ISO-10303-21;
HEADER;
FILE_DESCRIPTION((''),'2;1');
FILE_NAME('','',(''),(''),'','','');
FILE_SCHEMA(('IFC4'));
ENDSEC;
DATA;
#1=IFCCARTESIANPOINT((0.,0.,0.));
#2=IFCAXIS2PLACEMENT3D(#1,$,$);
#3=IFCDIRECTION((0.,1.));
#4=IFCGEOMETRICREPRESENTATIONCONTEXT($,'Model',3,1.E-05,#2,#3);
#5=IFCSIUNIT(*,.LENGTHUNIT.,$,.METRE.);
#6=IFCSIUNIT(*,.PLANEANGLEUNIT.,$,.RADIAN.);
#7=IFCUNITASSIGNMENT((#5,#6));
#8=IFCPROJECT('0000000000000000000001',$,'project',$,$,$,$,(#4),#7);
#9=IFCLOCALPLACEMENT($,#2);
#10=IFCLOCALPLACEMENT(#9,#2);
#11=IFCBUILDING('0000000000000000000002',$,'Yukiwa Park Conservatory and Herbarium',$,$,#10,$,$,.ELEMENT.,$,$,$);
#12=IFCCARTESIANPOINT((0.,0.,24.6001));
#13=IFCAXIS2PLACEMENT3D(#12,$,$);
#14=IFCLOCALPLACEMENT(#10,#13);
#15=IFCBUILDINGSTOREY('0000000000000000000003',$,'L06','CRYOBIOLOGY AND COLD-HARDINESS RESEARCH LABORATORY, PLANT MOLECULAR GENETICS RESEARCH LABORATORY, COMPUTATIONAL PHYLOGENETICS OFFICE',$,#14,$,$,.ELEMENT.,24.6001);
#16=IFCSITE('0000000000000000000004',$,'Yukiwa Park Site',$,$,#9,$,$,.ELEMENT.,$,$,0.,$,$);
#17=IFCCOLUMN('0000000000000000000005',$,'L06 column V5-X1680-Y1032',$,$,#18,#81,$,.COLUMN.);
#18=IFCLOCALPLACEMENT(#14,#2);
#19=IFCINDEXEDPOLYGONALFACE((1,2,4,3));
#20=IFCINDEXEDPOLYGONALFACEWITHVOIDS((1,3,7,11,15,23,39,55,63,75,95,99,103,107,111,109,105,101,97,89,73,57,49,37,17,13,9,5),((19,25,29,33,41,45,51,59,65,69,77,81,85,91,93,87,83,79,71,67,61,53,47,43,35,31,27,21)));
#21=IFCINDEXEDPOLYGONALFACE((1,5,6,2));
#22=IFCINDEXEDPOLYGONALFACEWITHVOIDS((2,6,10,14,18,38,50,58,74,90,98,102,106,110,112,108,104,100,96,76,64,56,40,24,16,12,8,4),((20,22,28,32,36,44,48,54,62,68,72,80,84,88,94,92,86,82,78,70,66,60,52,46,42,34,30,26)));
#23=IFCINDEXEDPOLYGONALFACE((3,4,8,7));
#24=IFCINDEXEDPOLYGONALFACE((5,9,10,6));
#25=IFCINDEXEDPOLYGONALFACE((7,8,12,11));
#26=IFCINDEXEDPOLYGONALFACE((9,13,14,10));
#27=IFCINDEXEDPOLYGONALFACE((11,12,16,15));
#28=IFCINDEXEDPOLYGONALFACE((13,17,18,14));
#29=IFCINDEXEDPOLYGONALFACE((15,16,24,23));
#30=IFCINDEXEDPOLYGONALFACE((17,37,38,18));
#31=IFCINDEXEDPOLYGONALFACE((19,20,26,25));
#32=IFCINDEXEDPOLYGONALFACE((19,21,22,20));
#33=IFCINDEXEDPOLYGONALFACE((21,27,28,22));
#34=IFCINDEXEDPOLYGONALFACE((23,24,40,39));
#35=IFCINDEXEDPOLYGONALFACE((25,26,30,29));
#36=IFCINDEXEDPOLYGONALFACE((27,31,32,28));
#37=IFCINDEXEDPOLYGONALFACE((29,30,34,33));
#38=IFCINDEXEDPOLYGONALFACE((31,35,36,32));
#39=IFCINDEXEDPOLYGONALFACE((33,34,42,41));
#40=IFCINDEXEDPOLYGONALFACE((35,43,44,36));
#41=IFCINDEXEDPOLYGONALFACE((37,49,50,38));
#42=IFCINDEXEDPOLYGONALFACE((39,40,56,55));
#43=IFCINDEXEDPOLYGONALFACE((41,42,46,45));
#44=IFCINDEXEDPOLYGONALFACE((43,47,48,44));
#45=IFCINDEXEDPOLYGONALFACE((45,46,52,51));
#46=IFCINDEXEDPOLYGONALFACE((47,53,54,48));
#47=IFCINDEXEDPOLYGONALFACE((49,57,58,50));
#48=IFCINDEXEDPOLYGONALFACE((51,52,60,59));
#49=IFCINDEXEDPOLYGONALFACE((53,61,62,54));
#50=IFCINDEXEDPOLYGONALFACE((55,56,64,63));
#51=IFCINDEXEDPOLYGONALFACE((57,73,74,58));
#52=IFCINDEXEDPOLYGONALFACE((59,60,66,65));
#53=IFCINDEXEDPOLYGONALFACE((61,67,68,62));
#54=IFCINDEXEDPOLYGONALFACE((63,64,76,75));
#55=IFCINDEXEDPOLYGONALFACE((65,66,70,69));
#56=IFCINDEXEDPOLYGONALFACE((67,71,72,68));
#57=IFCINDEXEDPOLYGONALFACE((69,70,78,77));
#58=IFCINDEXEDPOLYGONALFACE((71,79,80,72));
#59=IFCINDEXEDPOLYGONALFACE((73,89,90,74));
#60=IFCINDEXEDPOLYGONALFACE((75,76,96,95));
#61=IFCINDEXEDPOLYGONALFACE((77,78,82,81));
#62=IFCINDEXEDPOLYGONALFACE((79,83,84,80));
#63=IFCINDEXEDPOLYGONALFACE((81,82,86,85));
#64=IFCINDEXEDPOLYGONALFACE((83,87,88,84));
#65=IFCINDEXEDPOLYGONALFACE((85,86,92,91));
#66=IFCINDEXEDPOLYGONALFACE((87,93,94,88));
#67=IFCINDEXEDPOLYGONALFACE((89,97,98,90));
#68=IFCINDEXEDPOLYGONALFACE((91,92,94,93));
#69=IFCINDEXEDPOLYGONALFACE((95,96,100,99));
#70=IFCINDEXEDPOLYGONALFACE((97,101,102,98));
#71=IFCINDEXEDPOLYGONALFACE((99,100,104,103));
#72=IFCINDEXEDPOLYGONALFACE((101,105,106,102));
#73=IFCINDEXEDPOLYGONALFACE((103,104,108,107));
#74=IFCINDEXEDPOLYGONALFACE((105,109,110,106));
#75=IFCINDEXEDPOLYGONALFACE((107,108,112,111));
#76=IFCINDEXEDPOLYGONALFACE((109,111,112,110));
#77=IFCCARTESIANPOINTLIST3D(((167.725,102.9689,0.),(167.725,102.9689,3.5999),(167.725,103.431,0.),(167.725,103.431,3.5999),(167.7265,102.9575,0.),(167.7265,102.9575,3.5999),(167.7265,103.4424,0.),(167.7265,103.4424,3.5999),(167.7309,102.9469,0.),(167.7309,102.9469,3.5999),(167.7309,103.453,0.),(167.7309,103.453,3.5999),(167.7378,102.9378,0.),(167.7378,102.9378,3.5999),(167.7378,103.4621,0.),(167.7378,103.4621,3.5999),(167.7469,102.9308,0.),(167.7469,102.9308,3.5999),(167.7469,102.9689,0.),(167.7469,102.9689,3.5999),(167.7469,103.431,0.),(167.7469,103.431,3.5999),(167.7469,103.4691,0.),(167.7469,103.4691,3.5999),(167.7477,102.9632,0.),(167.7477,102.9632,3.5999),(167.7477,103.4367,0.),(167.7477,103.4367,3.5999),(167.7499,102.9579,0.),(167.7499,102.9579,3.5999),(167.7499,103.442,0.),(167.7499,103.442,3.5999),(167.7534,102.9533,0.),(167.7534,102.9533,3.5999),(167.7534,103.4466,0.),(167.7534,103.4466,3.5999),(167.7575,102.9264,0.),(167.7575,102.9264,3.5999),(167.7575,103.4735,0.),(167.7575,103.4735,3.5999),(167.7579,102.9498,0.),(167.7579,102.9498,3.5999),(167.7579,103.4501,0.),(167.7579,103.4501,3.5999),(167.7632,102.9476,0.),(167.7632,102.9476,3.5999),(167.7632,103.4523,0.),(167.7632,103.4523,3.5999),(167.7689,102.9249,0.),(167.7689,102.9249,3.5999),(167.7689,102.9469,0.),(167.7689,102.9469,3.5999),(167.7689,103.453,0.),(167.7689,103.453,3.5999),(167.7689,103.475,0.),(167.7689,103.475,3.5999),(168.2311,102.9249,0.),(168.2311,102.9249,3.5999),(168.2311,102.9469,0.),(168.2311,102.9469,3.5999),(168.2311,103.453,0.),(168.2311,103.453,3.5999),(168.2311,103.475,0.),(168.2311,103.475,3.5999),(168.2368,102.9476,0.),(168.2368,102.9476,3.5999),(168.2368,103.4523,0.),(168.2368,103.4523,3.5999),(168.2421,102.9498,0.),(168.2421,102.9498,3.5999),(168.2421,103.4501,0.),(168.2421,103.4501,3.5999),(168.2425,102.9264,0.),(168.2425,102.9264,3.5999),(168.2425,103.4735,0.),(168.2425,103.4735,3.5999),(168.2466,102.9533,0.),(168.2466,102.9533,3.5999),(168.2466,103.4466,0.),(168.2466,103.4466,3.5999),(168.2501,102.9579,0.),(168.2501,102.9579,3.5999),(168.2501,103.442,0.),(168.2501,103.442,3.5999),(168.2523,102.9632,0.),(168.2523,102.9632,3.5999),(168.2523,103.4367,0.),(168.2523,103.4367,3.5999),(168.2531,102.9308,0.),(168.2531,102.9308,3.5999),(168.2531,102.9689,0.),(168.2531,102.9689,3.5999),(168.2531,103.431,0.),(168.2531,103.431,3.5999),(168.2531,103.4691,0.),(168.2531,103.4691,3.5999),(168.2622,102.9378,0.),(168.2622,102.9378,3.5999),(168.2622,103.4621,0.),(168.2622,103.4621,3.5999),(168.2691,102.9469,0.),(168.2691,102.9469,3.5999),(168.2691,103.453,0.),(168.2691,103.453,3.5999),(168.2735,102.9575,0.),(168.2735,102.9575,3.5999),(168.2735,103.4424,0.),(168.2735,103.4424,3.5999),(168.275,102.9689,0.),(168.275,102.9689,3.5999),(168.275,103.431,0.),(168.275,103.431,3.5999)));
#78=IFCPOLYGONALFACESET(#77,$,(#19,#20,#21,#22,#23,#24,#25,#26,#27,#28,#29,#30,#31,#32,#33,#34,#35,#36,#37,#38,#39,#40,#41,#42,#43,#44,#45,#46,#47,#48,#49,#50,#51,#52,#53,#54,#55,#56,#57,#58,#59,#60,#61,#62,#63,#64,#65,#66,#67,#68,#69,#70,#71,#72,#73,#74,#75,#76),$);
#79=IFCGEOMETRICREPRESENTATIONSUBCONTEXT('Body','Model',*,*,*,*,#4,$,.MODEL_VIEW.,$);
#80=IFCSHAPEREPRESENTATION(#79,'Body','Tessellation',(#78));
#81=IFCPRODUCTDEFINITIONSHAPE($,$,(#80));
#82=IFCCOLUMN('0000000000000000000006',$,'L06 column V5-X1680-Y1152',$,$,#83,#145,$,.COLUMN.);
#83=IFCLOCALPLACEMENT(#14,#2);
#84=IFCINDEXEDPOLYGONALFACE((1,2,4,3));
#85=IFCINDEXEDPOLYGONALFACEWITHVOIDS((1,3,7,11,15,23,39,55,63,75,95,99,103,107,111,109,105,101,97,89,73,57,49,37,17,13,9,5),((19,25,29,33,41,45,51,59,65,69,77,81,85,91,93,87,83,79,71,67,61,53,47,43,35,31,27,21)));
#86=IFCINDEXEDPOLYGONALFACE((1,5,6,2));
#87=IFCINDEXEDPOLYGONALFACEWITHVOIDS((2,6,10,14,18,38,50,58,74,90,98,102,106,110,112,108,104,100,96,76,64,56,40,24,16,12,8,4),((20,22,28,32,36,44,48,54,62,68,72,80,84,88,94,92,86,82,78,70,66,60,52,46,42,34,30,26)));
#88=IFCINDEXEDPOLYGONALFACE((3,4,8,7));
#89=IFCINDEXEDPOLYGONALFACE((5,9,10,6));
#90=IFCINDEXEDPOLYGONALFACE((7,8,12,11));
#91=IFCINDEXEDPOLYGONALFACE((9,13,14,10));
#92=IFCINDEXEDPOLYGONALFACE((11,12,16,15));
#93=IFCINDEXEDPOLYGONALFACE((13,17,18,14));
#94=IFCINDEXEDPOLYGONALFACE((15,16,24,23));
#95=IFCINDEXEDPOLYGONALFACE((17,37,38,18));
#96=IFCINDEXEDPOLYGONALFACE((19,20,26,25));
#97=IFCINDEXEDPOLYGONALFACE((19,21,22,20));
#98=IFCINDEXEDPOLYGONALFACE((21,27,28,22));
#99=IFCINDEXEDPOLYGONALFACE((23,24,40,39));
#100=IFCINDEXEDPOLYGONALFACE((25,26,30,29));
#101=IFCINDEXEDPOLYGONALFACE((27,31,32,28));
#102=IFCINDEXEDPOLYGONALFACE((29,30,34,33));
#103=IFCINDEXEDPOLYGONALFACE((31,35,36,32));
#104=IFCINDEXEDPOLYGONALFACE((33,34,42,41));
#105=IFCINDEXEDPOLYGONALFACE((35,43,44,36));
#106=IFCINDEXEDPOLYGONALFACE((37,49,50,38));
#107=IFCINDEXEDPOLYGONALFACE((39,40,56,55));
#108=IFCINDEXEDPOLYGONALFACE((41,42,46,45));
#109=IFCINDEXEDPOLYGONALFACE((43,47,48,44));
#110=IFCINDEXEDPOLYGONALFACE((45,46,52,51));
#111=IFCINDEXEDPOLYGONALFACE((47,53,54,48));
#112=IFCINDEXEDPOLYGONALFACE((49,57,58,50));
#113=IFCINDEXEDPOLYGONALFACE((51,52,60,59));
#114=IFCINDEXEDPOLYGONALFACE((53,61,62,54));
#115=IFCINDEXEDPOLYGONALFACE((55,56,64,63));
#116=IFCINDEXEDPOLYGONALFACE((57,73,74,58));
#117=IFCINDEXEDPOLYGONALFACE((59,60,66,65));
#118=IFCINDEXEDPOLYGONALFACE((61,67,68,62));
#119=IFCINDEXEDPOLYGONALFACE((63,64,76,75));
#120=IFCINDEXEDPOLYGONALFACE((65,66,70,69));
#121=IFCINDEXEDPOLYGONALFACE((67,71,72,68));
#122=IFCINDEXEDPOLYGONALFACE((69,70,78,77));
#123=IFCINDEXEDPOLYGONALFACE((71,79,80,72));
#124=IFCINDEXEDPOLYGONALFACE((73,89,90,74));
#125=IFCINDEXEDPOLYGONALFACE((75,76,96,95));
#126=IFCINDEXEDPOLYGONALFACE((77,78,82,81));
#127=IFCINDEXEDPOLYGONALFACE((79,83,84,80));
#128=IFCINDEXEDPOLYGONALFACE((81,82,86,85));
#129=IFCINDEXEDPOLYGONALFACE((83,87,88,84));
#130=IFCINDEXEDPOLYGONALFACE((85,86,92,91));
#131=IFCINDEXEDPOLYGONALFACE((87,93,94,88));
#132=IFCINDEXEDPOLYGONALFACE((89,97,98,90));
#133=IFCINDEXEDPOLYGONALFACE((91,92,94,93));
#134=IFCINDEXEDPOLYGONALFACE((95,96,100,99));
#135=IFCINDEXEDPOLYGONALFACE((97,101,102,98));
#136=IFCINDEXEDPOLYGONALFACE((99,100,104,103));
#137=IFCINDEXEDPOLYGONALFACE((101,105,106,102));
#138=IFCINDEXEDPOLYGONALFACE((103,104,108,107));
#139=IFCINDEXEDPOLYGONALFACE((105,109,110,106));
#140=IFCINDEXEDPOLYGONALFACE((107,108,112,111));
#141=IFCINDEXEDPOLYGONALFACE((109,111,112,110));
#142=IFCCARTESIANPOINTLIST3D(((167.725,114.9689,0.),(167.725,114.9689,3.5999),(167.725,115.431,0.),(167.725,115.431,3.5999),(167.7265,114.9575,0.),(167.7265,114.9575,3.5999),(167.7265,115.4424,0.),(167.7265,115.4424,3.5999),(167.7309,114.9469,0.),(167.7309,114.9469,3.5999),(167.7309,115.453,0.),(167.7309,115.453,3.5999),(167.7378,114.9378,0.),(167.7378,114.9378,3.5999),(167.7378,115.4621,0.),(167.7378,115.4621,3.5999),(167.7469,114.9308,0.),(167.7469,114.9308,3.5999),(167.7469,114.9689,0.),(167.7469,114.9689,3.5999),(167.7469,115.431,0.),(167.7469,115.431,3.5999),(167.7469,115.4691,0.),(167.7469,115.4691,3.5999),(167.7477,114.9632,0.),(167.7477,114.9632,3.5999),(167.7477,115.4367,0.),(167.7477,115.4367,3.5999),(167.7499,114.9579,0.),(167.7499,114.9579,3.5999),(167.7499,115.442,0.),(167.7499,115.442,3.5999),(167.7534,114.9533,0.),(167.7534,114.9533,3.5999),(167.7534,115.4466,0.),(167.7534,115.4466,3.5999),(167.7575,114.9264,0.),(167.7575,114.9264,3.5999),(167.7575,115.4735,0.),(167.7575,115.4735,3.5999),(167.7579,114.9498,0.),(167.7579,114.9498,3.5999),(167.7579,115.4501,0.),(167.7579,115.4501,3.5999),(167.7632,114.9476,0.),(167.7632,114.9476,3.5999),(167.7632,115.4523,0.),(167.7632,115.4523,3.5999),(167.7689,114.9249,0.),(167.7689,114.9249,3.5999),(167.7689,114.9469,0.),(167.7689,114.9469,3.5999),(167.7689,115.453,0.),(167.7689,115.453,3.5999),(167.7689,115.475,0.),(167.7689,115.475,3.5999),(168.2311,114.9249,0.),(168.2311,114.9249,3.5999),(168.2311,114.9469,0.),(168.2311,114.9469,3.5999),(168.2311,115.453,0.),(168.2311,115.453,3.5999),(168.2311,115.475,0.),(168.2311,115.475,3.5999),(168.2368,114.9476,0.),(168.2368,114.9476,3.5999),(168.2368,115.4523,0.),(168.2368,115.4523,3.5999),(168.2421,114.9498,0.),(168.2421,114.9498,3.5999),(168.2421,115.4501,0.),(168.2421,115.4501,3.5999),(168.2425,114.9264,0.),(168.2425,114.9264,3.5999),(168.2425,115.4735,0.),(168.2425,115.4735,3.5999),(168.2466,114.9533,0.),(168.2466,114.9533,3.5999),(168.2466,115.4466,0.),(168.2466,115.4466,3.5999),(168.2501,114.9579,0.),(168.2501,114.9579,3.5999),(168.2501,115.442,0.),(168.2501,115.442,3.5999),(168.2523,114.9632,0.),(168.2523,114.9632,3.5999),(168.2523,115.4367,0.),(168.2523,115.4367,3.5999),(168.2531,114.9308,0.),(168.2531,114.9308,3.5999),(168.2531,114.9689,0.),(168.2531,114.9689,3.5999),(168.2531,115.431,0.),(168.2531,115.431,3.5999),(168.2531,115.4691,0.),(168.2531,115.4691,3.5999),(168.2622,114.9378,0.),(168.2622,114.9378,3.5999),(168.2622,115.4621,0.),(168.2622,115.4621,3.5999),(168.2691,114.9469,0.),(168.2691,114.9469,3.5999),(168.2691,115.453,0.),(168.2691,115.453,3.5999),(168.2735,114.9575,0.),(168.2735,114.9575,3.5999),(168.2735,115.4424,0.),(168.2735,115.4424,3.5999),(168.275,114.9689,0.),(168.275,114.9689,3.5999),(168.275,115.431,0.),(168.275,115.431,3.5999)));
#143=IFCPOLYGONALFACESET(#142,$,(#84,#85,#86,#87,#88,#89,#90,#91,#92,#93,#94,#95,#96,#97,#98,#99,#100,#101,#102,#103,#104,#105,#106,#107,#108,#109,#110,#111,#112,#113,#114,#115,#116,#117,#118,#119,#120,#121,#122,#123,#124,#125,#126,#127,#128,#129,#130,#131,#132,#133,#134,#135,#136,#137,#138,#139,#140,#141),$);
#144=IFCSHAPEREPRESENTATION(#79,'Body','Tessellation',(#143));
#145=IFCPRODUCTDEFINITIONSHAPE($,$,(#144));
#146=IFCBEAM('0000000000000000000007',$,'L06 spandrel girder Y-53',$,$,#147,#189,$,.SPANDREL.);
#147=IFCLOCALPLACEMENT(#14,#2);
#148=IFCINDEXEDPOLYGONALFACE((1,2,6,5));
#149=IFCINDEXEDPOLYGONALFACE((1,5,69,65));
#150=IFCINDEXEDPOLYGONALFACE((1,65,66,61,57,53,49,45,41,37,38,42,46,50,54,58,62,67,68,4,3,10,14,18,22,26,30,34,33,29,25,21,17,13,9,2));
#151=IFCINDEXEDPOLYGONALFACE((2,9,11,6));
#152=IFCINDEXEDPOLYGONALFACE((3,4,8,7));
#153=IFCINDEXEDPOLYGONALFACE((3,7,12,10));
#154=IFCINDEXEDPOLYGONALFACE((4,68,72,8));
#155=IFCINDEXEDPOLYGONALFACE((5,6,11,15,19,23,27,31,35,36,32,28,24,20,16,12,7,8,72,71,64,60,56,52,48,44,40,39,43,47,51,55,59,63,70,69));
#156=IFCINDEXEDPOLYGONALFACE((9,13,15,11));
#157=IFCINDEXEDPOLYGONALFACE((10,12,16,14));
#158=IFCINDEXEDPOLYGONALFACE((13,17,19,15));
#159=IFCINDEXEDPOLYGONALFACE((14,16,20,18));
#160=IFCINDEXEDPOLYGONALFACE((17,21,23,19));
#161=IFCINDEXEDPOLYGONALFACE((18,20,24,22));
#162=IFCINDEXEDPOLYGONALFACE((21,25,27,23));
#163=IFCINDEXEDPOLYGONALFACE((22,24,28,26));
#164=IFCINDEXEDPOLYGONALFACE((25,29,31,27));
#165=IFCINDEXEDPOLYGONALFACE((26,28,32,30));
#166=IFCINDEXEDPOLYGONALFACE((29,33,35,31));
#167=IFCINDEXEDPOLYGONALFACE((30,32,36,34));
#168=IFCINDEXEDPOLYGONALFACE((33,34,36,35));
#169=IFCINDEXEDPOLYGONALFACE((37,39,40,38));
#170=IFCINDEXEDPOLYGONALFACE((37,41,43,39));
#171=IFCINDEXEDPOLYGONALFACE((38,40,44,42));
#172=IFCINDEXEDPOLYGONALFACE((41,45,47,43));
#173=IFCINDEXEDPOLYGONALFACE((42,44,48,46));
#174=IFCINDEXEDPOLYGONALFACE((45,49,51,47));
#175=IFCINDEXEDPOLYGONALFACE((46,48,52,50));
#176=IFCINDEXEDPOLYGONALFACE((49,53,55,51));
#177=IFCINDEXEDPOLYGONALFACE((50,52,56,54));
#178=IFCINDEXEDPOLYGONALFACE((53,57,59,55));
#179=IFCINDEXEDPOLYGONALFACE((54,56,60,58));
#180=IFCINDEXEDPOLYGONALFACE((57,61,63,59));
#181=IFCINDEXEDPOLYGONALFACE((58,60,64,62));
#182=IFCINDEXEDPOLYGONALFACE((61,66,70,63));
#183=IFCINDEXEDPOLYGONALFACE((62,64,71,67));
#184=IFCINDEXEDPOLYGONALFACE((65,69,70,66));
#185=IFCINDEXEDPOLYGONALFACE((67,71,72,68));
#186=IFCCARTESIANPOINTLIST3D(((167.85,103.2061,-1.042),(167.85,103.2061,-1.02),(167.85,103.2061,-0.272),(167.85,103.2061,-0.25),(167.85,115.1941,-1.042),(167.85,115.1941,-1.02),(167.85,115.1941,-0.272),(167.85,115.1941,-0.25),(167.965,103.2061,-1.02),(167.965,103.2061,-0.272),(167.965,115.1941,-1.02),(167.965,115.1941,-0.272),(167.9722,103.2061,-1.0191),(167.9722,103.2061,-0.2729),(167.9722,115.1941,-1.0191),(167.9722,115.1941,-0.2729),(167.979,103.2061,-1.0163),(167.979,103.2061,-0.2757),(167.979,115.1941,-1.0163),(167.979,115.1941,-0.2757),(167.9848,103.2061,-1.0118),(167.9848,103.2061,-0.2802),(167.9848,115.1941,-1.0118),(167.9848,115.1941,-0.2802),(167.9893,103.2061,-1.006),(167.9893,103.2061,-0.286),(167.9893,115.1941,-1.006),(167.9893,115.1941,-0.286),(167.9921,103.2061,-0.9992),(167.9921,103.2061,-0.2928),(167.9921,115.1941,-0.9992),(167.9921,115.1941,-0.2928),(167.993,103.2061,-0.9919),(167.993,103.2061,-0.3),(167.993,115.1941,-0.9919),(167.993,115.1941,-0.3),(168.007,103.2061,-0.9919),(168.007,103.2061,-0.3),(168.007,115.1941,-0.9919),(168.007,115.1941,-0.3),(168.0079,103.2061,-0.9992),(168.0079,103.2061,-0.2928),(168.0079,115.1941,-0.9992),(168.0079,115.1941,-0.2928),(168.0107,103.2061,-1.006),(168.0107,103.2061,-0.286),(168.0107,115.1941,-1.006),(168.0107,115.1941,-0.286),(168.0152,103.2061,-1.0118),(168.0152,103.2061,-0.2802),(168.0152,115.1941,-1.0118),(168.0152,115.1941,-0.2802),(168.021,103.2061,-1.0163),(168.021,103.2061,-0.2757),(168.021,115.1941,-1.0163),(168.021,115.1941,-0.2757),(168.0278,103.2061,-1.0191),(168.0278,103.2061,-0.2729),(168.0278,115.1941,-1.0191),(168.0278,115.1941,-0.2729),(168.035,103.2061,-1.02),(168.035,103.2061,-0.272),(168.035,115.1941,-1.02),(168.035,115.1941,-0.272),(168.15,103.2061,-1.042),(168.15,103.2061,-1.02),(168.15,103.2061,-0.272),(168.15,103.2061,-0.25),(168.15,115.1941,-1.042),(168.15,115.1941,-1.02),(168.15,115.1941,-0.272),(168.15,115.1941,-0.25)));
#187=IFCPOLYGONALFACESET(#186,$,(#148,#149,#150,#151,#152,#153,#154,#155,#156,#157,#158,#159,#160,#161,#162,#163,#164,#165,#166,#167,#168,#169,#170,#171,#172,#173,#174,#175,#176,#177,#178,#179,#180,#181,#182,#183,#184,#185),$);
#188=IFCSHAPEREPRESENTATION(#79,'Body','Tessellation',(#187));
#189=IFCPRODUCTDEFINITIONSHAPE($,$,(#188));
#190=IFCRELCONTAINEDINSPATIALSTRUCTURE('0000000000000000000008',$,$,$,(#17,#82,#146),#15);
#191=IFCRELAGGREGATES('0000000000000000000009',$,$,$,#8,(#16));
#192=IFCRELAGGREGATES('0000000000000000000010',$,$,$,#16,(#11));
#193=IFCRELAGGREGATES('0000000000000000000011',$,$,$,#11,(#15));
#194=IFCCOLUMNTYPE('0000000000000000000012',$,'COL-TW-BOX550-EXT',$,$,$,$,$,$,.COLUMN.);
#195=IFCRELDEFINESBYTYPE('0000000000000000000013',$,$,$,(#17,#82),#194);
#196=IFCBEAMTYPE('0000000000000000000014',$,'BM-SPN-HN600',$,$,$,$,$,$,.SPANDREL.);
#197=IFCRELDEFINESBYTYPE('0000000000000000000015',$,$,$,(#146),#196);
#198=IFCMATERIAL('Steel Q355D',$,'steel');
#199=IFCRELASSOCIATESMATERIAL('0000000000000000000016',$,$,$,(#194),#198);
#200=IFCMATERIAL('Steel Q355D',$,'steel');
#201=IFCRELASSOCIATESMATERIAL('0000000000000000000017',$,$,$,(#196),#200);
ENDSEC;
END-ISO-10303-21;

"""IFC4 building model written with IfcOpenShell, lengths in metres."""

from ifc_helpers import new_model, si_unit, direction, frame, origin, origin_2d, place, context, subcontext, project, spatial, hollow_rectangle, i_section, extrude, material, material_profile, profile_set, type_object, element, save


model = new_model("IFC4")

# Units and contexts
model_context = context("Model", 3, precision=1e-05, world=origin(), true_north=direction((0.0, 1.0)))
body_context = subcontext(model_context, "Body", "Model", "MODEL_VIEW")
ifc_project = project(units=[si_unit("LENGTHUNIT", "METRE"), si_unit("PLANEANGLEUNIT", "RADIAN")], contexts=[model_context])

# Site, building, storey
site_placement = place(None, origin())
site = spatial("IfcSite", under=ifc_project, at=site_placement, Name="Yukiwa Park Site", CompositionType="ELEMENT", RefElevation=0.0)
building_placement = place(site_placement, origin())
building = spatial("IfcBuilding", under=site, at=building_placement, Name="Yukiwa Park Conservatory and Herbarium", CompositionType="ELEMENT")
storey_placement = place(building_placement, frame((0.0, 0.0, 24.6001)))
storey = spatial("IfcBuildingStorey", under=building, at=storey_placement, Name="L06", Description="CRYOBIOLOGY AND COLD-HARDINESS RESEARCH LABORATORY, PLANT MOLECULAR GENETICS RESEARCH LABORATORY, COMPUTATIONAL PHYLOGENETICS OFFICE", CompositionType="ELEMENT", Elevation=24.6001)

# Columns
ifc_material_1 = material(Name="Steel Q355D", Category="steel")
ifc_material_profile_1 = material_profile(ifc_material_1, hollow_rectangle(XDim=0.55, YDim=0.55, WallThickness=0.022, InnerFilletRadius=0.022, OuterFilletRadius=0.0439, at=origin_2d()), Name="BOX 550x550x22")
ifc_profile_set_1 = profile_set([ifc_material_profile_1], Name="Steel Q355D")
column_type = type_object("IfcColumnType", Name="COL-TW-BOX550-EXT", PredefinedType="COLUMN", material=ifc_profile_set_1)
for number, where, z_axis, x_axis, name in (
    (1, (168.0, 103.2, 0.0), (0.0, 0.0, 1.0), (1.0, 0.0, 0.0), "L06 column V5-X1680-Y1032"),
    (2, (168.0, 115.2, 0.0), (0.0, 0.0, 1.0), (1.0, 0.0, 0.0), "L06 column V5-X1680-Y1152"),
):
    element("IfcColumn", number, at=place(storey_placement, frame(where, z_axis=z_axis, x_axis=x_axis)), inside=storey, type_object=column_type, Name=name, PredefinedType="COLUMN", context=body_context, shape_type="SweptSolid", body=[
        extrude(hollow_rectangle(XDim=0.55, YDim=0.55, WallThickness=0.022, InnerFilletRadius=0.022, OuterFilletRadius=0.0439, at=origin_2d()), origin(), (0.0, 0.0, 1.0), 3.5999),
    ])

# Beam
ifc_material_2 = material(Name="Steel Q355D", Category="steel")
ifc_material_profile_2 = material_profile(ifc_material_2, i_section(OverallWidth=0.3, OverallDepth=0.792, WebThickness=0.0139, FlangeThickness=0.022, FilletRadius=0.0281, at=origin_2d()), Name="HN 792x300x14x22")
ifc_profile_set_2 = profile_set([ifc_material_profile_2], Name="Steel Q355D")
beam_type_1 = type_object("IfcBeamType", Name="BM-SPN-HN600", PredefinedType="SPANDREL", material=ifc_profile_set_2)
beam_1_placement = place(storey_placement, frame((168.0, 103.2061, -0.646), z_axis=(0.0, 1.0, 0.0), x_axis=(-1.0, 0.0, 0.0)))
element("IfcBeam", 3, at=beam_1_placement, inside=storey, type_object=beam_type_1, Name="L06 spandrel girder Y-53", PredefinedType="SPANDREL", context=body_context, shape_type="SweptSolid", body=[
    extrude(i_section(OverallWidth=0.3, OverallDepth=0.792, WebThickness=0.0139, FlangeThickness=0.022, FilletRadius=0.0281, at=origin_2d()), origin(), (0.0, 0.0, 1.0), 11.988),
])

save(model, "model.ifc")
